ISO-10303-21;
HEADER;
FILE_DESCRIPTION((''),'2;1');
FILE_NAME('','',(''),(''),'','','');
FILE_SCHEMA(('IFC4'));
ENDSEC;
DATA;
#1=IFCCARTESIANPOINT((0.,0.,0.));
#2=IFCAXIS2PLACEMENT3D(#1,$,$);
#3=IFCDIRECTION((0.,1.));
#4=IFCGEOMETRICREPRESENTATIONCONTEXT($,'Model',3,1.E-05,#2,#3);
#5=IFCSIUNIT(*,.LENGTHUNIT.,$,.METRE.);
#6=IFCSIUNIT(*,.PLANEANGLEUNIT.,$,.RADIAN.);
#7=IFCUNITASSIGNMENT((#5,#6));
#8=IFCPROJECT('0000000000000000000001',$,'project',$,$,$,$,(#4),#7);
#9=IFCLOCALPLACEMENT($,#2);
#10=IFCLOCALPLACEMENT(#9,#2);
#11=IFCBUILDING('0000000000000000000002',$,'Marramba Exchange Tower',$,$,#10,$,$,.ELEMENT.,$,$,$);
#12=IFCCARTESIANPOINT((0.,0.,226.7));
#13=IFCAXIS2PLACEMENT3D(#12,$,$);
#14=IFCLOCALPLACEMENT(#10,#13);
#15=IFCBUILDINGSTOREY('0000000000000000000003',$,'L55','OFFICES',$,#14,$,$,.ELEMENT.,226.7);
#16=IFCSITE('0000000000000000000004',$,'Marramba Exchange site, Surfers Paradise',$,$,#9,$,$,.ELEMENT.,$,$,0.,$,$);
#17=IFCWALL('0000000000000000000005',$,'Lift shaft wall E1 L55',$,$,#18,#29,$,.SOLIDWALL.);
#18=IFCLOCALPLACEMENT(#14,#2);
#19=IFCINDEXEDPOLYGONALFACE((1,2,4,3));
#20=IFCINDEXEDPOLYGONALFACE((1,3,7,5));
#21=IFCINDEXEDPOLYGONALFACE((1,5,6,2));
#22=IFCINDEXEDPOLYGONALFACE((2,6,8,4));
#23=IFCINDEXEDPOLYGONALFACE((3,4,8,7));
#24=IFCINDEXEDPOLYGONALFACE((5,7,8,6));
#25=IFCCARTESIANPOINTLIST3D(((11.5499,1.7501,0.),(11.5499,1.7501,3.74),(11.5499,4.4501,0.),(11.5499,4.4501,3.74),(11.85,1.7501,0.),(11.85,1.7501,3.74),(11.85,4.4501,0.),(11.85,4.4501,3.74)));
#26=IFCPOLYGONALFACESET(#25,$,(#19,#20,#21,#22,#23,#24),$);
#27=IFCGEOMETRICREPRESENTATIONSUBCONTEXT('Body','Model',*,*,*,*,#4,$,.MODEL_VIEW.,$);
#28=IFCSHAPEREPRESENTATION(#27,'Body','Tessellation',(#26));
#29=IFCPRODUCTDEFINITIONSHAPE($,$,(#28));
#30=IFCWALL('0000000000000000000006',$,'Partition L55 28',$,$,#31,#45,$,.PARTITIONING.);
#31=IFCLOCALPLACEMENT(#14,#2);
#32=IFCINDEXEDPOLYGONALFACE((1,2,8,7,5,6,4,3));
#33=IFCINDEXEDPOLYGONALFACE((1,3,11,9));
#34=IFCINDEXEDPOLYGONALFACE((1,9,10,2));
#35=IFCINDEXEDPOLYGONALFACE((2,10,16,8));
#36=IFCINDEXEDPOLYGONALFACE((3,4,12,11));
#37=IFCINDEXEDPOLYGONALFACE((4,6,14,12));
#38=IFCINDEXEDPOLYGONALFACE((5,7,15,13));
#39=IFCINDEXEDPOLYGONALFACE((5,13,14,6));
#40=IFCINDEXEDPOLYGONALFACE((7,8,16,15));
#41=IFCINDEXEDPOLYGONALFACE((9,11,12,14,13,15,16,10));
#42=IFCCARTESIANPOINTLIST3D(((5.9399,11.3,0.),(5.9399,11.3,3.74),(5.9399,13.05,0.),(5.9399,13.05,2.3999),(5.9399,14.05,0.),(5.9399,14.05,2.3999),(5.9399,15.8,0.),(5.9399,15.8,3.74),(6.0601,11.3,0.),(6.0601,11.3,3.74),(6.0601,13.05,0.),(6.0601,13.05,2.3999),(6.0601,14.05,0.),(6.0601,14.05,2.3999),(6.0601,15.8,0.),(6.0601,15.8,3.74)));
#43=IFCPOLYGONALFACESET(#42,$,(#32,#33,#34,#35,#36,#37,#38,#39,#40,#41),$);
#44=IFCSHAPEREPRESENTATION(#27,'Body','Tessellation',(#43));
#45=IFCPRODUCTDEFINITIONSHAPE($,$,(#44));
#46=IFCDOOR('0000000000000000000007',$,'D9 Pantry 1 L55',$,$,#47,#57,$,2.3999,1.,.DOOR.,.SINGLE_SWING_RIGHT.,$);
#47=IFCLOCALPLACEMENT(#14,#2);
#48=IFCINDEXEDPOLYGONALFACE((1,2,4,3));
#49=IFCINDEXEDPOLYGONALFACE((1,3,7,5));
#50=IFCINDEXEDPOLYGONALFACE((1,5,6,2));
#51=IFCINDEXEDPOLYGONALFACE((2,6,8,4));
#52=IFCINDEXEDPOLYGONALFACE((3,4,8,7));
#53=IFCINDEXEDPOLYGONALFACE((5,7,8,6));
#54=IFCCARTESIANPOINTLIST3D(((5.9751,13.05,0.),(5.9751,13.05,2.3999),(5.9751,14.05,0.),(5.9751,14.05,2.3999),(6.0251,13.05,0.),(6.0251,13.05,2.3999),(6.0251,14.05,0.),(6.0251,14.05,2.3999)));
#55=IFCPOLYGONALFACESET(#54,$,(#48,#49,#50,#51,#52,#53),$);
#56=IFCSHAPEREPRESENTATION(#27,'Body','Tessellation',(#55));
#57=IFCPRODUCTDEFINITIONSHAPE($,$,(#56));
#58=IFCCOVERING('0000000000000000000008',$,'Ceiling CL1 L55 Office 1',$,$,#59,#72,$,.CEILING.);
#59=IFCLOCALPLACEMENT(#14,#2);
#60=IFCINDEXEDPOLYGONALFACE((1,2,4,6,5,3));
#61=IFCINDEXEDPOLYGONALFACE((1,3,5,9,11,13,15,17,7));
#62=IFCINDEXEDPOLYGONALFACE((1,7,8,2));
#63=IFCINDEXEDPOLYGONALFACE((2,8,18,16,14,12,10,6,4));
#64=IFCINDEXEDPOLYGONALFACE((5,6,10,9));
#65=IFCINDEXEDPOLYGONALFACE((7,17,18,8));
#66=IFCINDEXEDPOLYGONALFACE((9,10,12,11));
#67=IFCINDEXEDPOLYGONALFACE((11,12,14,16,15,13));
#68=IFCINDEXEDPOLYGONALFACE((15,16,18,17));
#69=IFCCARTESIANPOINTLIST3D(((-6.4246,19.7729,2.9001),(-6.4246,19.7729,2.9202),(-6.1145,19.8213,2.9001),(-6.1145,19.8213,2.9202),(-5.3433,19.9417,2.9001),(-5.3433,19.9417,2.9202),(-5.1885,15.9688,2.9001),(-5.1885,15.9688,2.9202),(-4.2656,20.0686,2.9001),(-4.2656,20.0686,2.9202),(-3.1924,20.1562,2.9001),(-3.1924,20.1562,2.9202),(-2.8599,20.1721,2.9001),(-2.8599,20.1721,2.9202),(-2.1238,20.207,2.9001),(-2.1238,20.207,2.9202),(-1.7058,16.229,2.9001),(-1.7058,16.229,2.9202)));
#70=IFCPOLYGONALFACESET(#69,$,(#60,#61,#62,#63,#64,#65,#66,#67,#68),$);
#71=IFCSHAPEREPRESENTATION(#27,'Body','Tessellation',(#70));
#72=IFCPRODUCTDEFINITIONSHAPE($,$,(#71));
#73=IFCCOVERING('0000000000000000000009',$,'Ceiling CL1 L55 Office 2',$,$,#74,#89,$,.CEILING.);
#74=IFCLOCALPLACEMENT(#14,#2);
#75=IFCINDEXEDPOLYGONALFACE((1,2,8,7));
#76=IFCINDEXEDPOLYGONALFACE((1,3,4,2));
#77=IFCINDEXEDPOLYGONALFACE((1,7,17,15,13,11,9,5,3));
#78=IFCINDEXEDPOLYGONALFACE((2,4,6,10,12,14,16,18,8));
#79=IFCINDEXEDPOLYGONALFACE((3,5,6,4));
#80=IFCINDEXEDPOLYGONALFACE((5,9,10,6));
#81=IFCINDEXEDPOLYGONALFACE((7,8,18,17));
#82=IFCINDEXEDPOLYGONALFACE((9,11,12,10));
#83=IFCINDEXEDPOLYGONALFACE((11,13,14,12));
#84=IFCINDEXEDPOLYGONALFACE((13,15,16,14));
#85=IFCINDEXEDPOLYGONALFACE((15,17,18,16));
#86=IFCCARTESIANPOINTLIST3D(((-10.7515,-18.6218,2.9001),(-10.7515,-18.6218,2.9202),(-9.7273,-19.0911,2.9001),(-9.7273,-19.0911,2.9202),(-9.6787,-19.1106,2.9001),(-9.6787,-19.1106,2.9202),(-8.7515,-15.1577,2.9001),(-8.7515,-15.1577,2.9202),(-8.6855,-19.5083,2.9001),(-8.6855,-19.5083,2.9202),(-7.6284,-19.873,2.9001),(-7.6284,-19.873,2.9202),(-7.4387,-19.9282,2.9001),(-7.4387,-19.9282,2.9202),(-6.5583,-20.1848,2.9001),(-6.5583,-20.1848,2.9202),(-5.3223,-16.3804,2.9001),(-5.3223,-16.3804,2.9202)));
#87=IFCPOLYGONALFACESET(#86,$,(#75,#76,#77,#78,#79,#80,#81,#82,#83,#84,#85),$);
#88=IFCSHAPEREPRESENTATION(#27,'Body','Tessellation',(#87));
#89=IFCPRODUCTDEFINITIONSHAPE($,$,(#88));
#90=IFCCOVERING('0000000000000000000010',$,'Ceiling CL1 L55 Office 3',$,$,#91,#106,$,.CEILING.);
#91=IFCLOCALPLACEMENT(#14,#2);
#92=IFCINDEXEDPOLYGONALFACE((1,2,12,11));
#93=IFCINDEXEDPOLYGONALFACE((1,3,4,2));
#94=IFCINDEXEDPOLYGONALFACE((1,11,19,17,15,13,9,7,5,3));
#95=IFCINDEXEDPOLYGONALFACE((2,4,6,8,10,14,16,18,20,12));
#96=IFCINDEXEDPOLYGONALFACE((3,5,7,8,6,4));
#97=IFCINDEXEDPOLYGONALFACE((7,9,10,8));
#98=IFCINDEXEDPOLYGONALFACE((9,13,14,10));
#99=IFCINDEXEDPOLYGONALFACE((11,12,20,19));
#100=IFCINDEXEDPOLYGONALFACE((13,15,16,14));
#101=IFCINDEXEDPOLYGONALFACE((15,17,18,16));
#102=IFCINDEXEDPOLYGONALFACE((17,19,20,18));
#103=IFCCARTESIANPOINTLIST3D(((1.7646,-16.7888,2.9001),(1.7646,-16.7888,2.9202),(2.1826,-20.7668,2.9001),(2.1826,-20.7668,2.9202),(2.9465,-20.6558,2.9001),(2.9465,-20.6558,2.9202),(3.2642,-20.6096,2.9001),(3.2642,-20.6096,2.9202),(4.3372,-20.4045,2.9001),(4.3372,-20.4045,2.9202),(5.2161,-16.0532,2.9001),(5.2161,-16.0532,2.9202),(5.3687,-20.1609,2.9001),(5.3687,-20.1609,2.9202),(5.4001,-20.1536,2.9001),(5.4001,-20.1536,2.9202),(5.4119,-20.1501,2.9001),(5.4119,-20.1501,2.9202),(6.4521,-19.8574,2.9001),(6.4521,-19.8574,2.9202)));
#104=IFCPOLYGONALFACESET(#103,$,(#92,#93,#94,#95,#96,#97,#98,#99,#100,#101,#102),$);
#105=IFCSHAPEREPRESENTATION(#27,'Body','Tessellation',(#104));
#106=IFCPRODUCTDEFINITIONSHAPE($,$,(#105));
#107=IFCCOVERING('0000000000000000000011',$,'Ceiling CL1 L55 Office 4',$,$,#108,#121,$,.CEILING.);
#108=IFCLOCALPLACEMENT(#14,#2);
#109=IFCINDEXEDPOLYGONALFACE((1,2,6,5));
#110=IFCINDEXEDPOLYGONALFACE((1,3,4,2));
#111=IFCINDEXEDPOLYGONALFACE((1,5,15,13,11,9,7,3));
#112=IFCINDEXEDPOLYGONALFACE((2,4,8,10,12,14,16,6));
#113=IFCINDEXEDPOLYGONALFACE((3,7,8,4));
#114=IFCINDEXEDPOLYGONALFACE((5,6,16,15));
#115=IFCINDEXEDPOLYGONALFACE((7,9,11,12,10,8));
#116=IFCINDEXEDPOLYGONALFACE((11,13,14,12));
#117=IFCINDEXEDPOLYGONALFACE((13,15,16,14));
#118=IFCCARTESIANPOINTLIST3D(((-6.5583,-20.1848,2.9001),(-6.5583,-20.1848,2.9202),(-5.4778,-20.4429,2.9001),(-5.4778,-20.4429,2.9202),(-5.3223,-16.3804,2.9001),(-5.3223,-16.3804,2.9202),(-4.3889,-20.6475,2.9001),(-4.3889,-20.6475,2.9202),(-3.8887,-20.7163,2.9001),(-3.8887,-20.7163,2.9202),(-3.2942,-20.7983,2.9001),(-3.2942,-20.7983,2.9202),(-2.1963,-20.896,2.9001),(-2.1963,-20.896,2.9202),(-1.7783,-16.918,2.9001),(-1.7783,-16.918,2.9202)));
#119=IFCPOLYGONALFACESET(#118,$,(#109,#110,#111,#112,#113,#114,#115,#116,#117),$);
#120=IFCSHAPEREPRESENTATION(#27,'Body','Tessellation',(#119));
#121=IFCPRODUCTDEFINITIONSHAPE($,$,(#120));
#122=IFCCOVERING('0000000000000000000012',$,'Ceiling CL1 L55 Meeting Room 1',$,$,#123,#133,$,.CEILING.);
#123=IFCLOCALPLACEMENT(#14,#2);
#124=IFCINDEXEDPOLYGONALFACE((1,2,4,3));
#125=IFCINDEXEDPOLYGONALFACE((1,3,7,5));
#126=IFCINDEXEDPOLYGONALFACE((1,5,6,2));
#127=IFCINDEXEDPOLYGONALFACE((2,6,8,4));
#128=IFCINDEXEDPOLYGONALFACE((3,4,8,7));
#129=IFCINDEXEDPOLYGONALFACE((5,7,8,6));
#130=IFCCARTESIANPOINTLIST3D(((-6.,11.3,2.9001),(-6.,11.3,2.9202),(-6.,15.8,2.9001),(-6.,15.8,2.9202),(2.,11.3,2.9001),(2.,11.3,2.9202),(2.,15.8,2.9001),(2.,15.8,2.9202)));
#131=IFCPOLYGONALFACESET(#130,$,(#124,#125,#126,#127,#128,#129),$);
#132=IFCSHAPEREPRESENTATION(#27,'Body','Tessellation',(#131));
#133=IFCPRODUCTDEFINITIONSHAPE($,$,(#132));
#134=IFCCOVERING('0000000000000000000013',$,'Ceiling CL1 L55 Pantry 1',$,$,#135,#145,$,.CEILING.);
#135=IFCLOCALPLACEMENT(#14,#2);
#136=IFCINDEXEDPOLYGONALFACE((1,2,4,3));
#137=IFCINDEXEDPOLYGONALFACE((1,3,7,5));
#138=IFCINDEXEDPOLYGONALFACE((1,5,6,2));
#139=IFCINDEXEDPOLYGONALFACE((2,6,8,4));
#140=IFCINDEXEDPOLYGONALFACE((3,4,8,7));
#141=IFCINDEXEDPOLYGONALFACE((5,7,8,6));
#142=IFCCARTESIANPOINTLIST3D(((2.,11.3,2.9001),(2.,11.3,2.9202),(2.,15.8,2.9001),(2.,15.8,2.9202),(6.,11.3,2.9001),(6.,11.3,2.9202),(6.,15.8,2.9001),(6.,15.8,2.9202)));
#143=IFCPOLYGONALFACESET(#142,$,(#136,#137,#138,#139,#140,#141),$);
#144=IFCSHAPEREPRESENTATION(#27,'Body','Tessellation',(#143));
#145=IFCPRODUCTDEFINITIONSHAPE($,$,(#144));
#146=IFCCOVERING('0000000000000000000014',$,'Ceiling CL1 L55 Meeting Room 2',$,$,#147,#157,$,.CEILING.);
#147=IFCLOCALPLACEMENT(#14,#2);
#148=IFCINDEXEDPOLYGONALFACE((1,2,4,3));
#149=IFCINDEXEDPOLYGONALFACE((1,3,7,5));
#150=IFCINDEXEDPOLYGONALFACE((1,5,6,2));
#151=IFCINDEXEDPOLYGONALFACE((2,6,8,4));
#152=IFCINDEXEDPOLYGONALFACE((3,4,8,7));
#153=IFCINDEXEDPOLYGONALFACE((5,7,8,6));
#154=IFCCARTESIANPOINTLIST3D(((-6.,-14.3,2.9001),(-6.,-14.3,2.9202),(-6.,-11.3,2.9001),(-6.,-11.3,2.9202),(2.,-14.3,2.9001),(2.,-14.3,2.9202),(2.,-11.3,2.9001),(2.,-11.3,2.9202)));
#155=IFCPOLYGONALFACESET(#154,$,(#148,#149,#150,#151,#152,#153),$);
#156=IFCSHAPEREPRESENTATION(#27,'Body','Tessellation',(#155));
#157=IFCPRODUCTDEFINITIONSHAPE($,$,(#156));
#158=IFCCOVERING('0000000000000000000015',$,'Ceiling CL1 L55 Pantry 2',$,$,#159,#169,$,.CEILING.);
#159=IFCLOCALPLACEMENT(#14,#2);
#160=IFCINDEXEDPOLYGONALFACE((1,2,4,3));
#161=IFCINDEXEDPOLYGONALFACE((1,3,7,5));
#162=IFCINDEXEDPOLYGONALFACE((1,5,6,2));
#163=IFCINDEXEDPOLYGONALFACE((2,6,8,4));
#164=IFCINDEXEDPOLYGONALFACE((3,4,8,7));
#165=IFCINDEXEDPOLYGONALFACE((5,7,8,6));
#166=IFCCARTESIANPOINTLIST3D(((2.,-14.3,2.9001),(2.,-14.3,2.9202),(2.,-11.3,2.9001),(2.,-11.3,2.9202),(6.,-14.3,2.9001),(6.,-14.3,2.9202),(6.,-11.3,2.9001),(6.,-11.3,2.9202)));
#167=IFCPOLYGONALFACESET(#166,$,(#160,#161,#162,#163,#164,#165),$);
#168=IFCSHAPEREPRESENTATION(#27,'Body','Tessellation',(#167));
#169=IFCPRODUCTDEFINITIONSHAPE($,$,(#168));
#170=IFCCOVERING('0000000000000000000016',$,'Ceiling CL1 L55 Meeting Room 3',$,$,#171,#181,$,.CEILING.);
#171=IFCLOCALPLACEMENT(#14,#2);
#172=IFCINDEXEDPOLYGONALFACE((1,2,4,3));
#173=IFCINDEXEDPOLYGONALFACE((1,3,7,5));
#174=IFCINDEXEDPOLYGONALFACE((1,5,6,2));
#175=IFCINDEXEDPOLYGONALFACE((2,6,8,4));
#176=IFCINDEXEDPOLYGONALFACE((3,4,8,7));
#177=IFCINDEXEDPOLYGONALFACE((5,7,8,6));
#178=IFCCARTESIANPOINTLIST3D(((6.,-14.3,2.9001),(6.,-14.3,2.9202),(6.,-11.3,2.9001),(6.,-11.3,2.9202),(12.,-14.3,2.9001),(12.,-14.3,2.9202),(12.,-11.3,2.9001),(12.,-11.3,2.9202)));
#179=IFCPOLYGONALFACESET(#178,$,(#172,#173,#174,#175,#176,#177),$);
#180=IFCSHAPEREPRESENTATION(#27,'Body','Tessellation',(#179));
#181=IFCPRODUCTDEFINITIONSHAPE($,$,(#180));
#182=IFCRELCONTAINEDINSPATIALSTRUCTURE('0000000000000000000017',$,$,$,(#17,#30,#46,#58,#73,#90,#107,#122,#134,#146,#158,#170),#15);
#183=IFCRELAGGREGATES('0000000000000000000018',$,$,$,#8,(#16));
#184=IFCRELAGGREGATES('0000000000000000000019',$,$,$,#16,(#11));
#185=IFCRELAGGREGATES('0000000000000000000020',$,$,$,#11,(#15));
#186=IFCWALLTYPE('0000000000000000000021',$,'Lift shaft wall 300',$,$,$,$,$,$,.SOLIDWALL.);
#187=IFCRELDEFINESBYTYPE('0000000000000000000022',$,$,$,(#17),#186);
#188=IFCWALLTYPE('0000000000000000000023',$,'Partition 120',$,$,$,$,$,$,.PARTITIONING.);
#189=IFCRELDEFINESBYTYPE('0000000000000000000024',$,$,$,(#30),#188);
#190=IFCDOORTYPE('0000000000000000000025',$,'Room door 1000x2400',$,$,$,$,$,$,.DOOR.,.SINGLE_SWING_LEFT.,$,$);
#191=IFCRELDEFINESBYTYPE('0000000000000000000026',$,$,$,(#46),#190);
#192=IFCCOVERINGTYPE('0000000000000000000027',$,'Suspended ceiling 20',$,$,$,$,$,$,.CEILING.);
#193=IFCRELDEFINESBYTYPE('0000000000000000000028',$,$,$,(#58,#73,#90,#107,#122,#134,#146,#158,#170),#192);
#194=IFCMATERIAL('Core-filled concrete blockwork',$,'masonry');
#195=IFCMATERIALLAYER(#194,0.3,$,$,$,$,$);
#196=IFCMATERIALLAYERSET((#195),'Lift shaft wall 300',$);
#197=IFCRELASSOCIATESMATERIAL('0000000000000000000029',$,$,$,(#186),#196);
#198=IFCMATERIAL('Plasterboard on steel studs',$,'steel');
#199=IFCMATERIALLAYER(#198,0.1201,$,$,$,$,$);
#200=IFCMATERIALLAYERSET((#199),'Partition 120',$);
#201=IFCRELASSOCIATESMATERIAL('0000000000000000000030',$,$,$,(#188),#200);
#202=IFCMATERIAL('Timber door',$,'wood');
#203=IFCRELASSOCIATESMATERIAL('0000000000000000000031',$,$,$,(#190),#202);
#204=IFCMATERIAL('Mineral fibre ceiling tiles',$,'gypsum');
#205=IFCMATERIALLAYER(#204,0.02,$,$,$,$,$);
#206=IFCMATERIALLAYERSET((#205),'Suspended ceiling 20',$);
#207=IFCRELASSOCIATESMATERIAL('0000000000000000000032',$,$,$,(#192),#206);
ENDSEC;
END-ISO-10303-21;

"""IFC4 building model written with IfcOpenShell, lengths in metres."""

from ifc_helpers import new_model, si_unit, direction, frame, frame_2d, origin, place, context, subcontext, project, spatial, polyline, rectangle, outline, extrude, material, layer, layer_set, type_object, element, fill, save


model = new_model("IFC4")

# Units and contexts
model_context = context("Model", 3, precision=1e-05, world=origin(), true_north=direction((0.0, 1.0)))
body_context = subcontext(model_context, "Body", "Model", "MODEL_VIEW")
ifc_project = project(units=[si_unit("LENGTHUNIT", "METRE"), si_unit("PLANEANGLEUNIT", "RADIAN")], contexts=[model_context])

# Site, building, storey
site_placement = place(None, origin())
site = spatial("IfcSite", under=ifc_project, at=site_placement, Name="Marramba Exchange site, Surfers Paradise", CompositionType="ELEMENT", RefElevation=0.0)
building_placement = place(site_placement, origin())
building = spatial("IfcBuilding", under=site, at=building_placement, Name="Marramba Exchange Tower", CompositionType="ELEMENT")
storey_placement = place(building_placement, frame((0.0, 0.0, 226.7)))
storey = spatial("IfcBuildingStorey", under=building, at=storey_placement, Name="L55", Description="OFFICES", CompositionType="ELEMENT", Elevation=226.7)

# Wall
ifc_material_1 = material(Name="Core-filled concrete blockwork", Category="masonry")
ifc_layer_1 = layer(ifc_material_1, 0.3)
ifc_layer_set_1 = layer_set([ifc_layer_1], Name="Lift shaft wall 300")
wall_type_1 = type_object("IfcWallType", Name="Lift shaft wall 300", PredefinedType="SOLIDWALL", material=ifc_layer_set_1)
wall_1_placement = place(storey_placement, frame((11.7, 1.75, 0.0), z_axis=(0.0, 0.0, 1.0), x_axis=(0.0, 1.0, 0.0)))
element("IfcWall", 1, at=wall_1_placement, inside=storey, type_object=wall_type_1, Name="Lift shaft wall E1 L55", PredefinedType="SOLIDWALL", context=body_context, shape_type="SweptSolid", body=[
    extrude(rectangle(XDim=2.7, YDim=0.3, at=frame_2d((1.3501, 0.0))), origin(), (0.0, 0.0, 1.0), 3.74),
])

# Wall, opening, door
ifc_material_2 = material(Name="Plasterboard on steel studs", Category="steel")
ifc_layer_2 = layer(ifc_material_2, 0.1201)
ifc_layer_set_2 = layer_set([ifc_layer_2], Name="Partition 120")
wall_type_2 = type_object("IfcWallType", Name="Partition 120", PredefinedType="PARTITIONING", material=ifc_layer_set_2)
wall_2_placement = place(storey_placement, frame((6.0, 11.3, 0.0), z_axis=(0.0, 0.0, 1.0), x_axis=(0.0, 1.0, 0.0)))
wall_2 = element("IfcWall", 2, at=wall_2_placement, inside=storey, type_object=wall_type_2, Name="Partition L55 28", PredefinedType="PARTITIONING", context=body_context, shape_type="SweptSolid", body=[
    extrude(rectangle(XDim=4.5, YDim=0.1201, at=frame_2d((2.25, 0.0))), origin(), (0.0, 0.0, 1.0), 3.74),
])
opening_placement = place(wall_2_placement, frame((1.75, 0.0, 0.0)))
opening = element("IfcOpeningElement", 3, at=opening_placement, cuts=wall_2, PredefinedType="OPENING", context=body_context, shape_type="SweptSolid", body=[
    extrude(rectangle(XDim=1.0, YDim=2.3999, at=frame_2d((0.5, 1.2))), frame((0.0, 0.0701, 0.0), z_axis=(0.0, -1.0, 0.0), x_axis=(1.0, 0.0, 0.0)), (0.0, 0.0, 1.0), 0.1401),
])
ifc_material_3 = material(Name="Timber door", Category="wood")
door_type = type_object("IfcDoorType", Name="Room door 1000x2400", OperationType="SINGLE_SWING_LEFT", PredefinedType="DOOR", material=ifc_material_3)
door_placement = place(opening_placement, origin())
door = element("IfcDoor", 4, at=door_placement, inside=storey, type_object=door_type, Name="D9 Pantry 1 L55", OperationType="SINGLE_SWING_RIGHT", OverallHeight=2.3999, OverallWidth=1.0, PredefinedType="DOOR", context=body_context, shape_type="SweptSolid", body=[
    extrude(rectangle(XDim=1.0, YDim=2.3999, at=frame_2d((0.5, 1.2))), frame((0.0, 0.0249, 0.0), z_axis=(0.0, -1.0, 0.0), x_axis=(1.0, 0.0, 0.0)), (0.0, 0.0, 1.0), 0.05),
])
fill(opening, door)

# Coverings
ifc_material_4 = material(Name="Mineral fibre ceiling tiles", Category="gypsum")
ifc_layer_3 = layer(ifc_material_4, 0.02)
ifc_layer_set_3 = layer_set([ifc_layer_3], Name="Suspended ceiling 20")
covering_type = type_object("IfcCoveringType", Name="Suspended ceiling 20", PredefinedType="CEILING", material=ifc_layer_set_3)
covering_1_placement = place(storey_placement, frame((0.0, 0.0, 2.9001)))
element("IfcCovering", 5, at=covering_1_placement, inside=storey, type_object=covering_type, Name="Ceiling CL1 L55 Office 1", PredefinedType="CEILING", context=body_context, shape_type="SweptSolid", body=[
    extrude(outline(polyline([(-6.1145, 19.8213), (-5.3433, 19.9417), (-4.2656, 20.0686), (-3.1924, 20.1562), (-2.8599, 20.1721), (-2.1238, 20.207), (-1.7058, 16.229), (-5.1885, 15.9688), (-6.4246, 19.7729), (-6.1145, 19.8213)])), origin(), (0.0, 0.0, 1.0), 0.02),
])
covering_2_placement = place(storey_placement, frame((0.0, 0.0, 2.9001)))
element("IfcCovering", 6, at=covering_2_placement, inside=storey, type_object=covering_type, Name="Ceiling CL1 L55 Office 2", PredefinedType="CEILING", context=body_context, shape_type="SweptSolid", body=[
    extrude(outline(polyline([(-7.4387, -19.9282), (-7.6284, -19.873), (-8.6855, -19.5083), (-9.6787, -19.1106), (-9.7273, -19.0911), (-10.7515, -18.6218), (-8.7515, -15.1577), (-5.3223, -16.3804), (-6.5583, -20.1848), (-7.4387, -19.9282)])), origin(), (0.0, 0.0, 1.0), 0.02),
])
covering_3_placement = place(storey_placement, frame((0.0, 0.0, 2.9001)))
element("IfcCovering", 7, at=covering_3_placement, inside=storey, type_object=covering_type, Name="Ceiling CL1 L55 Office 3", PredefinedType="CEILING", context=body_context, shape_type="SweptSolid", body=[
    extrude(outline(polyline([(5.4119, -20.1501), (5.4001, -20.1536), (5.3687, -20.1609), (4.3372, -20.4045), (3.2642, -20.6096), (2.9465, -20.6558), (2.1826, -20.7668), (1.7646, -16.7888), (5.2161, -16.0532), (6.4521, -19.8574), (5.4119, -20.1501)])), origin(), (0.0, 0.0, 1.0), 0.02),
])
covering_4_placement = place(storey_placement, frame((0.0, 0.0, 2.9001)))
element("IfcCovering", 8, at=covering_4_placement, inside=storey, type_object=covering_type, Name="Ceiling CL1 L55 Office 4", PredefinedType="CEILING", context=body_context, shape_type="SweptSolid", body=[
    extrude(outline(polyline([(-3.2942, -20.7983), (-3.8887, -20.7163), (-4.3889, -20.6475), (-5.4778, -20.4429), (-6.5583, -20.1848), (-5.3223, -16.3804), (-1.7783, -16.918), (-2.1963, -20.896), (-3.2942, -20.7983)])), origin(), (0.0, 0.0, 1.0), 0.02),
])
covering_5_placement = place(storey_placement, frame((0.0, 0.0, 2.9001)))
element("IfcCovering", 9, at=covering_5_placement, inside=storey, type_object=covering_type, Name="Ceiling CL1 L55 Meeting Room 1", PredefinedType="CEILING", context=body_context, shape_type="SweptSolid", body=[
    extrude(outline(polyline([(2.0, 11.3), (-6.0, 11.3), (-6.0, 15.8), (2.0, 15.8), (2.0, 11.3)])), origin(), (0.0, 0.0, 1.0), 0.02),
])
covering_6_placement = place(storey_placement, frame((0.0, 0.0, 2.9001)))
element("IfcCovering", 10, at=covering_6_placement, inside=storey, type_object=covering_type, Name="Ceiling CL1 L55 Pantry 1", PredefinedType="CEILING", context=body_context, shape_type="SweptSolid", body=[
    extrude(outline(polyline([(6.0, 11.3), (2.0, 11.3), (2.0, 15.8), (6.0, 15.8), (6.0, 11.3)])), origin(), (0.0, 0.0, 1.0), 0.02),
])
covering_7_placement = place(storey_placement, frame((0.0, 0.0, 2.9001)))
element("IfcCovering", 11, at=covering_7_placement, inside=storey, type_object=covering_type, Name="Ceiling CL1 L55 Meeting Room 2", PredefinedType="CEILING", context=body_context, shape_type="SweptSolid", body=[
    extrude(outline(polyline([(2.0, -14.3), (-6.0, -14.3), (-6.0, -11.3), (2.0, -11.3), (2.0, -14.3)])), origin(), (0.0, 0.0, 1.0), 0.02),
])
covering_8_placement = place(storey_placement, frame((0.0, 0.0, 2.9001)))
element("IfcCovering", 12, at=covering_8_placement, inside=storey, type_object=covering_type, Name="Ceiling CL1 L55 Pantry 2", PredefinedType="CEILING", context=body_context, shape_type="SweptSolid", body=[
    extrude(outline(polyline([(6.0, -14.3), (2.0, -14.3), (2.0, -11.3), (6.0, -11.3), (6.0, -14.3)])), origin(), (0.0, 0.0, 1.0), 0.02),
])
covering_9_placement = place(storey_placement, frame((0.0, 0.0, 2.9001)))
element("IfcCovering", 13, at=covering_9_placement, inside=storey, type_object=covering_type, Name="Ceiling CL1 L55 Meeting Room 3", PredefinedType="CEILING", context=body_context, shape_type="SweptSolid", body=[
    extrude(outline(polyline([(12.0, -14.3), (6.0, -14.3), (6.0, -11.3), (12.0, -11.3), (12.0, -14.3)])), origin(), (0.0, 0.0, 1.0), 0.02),
])

save(model, "model.ifc")
